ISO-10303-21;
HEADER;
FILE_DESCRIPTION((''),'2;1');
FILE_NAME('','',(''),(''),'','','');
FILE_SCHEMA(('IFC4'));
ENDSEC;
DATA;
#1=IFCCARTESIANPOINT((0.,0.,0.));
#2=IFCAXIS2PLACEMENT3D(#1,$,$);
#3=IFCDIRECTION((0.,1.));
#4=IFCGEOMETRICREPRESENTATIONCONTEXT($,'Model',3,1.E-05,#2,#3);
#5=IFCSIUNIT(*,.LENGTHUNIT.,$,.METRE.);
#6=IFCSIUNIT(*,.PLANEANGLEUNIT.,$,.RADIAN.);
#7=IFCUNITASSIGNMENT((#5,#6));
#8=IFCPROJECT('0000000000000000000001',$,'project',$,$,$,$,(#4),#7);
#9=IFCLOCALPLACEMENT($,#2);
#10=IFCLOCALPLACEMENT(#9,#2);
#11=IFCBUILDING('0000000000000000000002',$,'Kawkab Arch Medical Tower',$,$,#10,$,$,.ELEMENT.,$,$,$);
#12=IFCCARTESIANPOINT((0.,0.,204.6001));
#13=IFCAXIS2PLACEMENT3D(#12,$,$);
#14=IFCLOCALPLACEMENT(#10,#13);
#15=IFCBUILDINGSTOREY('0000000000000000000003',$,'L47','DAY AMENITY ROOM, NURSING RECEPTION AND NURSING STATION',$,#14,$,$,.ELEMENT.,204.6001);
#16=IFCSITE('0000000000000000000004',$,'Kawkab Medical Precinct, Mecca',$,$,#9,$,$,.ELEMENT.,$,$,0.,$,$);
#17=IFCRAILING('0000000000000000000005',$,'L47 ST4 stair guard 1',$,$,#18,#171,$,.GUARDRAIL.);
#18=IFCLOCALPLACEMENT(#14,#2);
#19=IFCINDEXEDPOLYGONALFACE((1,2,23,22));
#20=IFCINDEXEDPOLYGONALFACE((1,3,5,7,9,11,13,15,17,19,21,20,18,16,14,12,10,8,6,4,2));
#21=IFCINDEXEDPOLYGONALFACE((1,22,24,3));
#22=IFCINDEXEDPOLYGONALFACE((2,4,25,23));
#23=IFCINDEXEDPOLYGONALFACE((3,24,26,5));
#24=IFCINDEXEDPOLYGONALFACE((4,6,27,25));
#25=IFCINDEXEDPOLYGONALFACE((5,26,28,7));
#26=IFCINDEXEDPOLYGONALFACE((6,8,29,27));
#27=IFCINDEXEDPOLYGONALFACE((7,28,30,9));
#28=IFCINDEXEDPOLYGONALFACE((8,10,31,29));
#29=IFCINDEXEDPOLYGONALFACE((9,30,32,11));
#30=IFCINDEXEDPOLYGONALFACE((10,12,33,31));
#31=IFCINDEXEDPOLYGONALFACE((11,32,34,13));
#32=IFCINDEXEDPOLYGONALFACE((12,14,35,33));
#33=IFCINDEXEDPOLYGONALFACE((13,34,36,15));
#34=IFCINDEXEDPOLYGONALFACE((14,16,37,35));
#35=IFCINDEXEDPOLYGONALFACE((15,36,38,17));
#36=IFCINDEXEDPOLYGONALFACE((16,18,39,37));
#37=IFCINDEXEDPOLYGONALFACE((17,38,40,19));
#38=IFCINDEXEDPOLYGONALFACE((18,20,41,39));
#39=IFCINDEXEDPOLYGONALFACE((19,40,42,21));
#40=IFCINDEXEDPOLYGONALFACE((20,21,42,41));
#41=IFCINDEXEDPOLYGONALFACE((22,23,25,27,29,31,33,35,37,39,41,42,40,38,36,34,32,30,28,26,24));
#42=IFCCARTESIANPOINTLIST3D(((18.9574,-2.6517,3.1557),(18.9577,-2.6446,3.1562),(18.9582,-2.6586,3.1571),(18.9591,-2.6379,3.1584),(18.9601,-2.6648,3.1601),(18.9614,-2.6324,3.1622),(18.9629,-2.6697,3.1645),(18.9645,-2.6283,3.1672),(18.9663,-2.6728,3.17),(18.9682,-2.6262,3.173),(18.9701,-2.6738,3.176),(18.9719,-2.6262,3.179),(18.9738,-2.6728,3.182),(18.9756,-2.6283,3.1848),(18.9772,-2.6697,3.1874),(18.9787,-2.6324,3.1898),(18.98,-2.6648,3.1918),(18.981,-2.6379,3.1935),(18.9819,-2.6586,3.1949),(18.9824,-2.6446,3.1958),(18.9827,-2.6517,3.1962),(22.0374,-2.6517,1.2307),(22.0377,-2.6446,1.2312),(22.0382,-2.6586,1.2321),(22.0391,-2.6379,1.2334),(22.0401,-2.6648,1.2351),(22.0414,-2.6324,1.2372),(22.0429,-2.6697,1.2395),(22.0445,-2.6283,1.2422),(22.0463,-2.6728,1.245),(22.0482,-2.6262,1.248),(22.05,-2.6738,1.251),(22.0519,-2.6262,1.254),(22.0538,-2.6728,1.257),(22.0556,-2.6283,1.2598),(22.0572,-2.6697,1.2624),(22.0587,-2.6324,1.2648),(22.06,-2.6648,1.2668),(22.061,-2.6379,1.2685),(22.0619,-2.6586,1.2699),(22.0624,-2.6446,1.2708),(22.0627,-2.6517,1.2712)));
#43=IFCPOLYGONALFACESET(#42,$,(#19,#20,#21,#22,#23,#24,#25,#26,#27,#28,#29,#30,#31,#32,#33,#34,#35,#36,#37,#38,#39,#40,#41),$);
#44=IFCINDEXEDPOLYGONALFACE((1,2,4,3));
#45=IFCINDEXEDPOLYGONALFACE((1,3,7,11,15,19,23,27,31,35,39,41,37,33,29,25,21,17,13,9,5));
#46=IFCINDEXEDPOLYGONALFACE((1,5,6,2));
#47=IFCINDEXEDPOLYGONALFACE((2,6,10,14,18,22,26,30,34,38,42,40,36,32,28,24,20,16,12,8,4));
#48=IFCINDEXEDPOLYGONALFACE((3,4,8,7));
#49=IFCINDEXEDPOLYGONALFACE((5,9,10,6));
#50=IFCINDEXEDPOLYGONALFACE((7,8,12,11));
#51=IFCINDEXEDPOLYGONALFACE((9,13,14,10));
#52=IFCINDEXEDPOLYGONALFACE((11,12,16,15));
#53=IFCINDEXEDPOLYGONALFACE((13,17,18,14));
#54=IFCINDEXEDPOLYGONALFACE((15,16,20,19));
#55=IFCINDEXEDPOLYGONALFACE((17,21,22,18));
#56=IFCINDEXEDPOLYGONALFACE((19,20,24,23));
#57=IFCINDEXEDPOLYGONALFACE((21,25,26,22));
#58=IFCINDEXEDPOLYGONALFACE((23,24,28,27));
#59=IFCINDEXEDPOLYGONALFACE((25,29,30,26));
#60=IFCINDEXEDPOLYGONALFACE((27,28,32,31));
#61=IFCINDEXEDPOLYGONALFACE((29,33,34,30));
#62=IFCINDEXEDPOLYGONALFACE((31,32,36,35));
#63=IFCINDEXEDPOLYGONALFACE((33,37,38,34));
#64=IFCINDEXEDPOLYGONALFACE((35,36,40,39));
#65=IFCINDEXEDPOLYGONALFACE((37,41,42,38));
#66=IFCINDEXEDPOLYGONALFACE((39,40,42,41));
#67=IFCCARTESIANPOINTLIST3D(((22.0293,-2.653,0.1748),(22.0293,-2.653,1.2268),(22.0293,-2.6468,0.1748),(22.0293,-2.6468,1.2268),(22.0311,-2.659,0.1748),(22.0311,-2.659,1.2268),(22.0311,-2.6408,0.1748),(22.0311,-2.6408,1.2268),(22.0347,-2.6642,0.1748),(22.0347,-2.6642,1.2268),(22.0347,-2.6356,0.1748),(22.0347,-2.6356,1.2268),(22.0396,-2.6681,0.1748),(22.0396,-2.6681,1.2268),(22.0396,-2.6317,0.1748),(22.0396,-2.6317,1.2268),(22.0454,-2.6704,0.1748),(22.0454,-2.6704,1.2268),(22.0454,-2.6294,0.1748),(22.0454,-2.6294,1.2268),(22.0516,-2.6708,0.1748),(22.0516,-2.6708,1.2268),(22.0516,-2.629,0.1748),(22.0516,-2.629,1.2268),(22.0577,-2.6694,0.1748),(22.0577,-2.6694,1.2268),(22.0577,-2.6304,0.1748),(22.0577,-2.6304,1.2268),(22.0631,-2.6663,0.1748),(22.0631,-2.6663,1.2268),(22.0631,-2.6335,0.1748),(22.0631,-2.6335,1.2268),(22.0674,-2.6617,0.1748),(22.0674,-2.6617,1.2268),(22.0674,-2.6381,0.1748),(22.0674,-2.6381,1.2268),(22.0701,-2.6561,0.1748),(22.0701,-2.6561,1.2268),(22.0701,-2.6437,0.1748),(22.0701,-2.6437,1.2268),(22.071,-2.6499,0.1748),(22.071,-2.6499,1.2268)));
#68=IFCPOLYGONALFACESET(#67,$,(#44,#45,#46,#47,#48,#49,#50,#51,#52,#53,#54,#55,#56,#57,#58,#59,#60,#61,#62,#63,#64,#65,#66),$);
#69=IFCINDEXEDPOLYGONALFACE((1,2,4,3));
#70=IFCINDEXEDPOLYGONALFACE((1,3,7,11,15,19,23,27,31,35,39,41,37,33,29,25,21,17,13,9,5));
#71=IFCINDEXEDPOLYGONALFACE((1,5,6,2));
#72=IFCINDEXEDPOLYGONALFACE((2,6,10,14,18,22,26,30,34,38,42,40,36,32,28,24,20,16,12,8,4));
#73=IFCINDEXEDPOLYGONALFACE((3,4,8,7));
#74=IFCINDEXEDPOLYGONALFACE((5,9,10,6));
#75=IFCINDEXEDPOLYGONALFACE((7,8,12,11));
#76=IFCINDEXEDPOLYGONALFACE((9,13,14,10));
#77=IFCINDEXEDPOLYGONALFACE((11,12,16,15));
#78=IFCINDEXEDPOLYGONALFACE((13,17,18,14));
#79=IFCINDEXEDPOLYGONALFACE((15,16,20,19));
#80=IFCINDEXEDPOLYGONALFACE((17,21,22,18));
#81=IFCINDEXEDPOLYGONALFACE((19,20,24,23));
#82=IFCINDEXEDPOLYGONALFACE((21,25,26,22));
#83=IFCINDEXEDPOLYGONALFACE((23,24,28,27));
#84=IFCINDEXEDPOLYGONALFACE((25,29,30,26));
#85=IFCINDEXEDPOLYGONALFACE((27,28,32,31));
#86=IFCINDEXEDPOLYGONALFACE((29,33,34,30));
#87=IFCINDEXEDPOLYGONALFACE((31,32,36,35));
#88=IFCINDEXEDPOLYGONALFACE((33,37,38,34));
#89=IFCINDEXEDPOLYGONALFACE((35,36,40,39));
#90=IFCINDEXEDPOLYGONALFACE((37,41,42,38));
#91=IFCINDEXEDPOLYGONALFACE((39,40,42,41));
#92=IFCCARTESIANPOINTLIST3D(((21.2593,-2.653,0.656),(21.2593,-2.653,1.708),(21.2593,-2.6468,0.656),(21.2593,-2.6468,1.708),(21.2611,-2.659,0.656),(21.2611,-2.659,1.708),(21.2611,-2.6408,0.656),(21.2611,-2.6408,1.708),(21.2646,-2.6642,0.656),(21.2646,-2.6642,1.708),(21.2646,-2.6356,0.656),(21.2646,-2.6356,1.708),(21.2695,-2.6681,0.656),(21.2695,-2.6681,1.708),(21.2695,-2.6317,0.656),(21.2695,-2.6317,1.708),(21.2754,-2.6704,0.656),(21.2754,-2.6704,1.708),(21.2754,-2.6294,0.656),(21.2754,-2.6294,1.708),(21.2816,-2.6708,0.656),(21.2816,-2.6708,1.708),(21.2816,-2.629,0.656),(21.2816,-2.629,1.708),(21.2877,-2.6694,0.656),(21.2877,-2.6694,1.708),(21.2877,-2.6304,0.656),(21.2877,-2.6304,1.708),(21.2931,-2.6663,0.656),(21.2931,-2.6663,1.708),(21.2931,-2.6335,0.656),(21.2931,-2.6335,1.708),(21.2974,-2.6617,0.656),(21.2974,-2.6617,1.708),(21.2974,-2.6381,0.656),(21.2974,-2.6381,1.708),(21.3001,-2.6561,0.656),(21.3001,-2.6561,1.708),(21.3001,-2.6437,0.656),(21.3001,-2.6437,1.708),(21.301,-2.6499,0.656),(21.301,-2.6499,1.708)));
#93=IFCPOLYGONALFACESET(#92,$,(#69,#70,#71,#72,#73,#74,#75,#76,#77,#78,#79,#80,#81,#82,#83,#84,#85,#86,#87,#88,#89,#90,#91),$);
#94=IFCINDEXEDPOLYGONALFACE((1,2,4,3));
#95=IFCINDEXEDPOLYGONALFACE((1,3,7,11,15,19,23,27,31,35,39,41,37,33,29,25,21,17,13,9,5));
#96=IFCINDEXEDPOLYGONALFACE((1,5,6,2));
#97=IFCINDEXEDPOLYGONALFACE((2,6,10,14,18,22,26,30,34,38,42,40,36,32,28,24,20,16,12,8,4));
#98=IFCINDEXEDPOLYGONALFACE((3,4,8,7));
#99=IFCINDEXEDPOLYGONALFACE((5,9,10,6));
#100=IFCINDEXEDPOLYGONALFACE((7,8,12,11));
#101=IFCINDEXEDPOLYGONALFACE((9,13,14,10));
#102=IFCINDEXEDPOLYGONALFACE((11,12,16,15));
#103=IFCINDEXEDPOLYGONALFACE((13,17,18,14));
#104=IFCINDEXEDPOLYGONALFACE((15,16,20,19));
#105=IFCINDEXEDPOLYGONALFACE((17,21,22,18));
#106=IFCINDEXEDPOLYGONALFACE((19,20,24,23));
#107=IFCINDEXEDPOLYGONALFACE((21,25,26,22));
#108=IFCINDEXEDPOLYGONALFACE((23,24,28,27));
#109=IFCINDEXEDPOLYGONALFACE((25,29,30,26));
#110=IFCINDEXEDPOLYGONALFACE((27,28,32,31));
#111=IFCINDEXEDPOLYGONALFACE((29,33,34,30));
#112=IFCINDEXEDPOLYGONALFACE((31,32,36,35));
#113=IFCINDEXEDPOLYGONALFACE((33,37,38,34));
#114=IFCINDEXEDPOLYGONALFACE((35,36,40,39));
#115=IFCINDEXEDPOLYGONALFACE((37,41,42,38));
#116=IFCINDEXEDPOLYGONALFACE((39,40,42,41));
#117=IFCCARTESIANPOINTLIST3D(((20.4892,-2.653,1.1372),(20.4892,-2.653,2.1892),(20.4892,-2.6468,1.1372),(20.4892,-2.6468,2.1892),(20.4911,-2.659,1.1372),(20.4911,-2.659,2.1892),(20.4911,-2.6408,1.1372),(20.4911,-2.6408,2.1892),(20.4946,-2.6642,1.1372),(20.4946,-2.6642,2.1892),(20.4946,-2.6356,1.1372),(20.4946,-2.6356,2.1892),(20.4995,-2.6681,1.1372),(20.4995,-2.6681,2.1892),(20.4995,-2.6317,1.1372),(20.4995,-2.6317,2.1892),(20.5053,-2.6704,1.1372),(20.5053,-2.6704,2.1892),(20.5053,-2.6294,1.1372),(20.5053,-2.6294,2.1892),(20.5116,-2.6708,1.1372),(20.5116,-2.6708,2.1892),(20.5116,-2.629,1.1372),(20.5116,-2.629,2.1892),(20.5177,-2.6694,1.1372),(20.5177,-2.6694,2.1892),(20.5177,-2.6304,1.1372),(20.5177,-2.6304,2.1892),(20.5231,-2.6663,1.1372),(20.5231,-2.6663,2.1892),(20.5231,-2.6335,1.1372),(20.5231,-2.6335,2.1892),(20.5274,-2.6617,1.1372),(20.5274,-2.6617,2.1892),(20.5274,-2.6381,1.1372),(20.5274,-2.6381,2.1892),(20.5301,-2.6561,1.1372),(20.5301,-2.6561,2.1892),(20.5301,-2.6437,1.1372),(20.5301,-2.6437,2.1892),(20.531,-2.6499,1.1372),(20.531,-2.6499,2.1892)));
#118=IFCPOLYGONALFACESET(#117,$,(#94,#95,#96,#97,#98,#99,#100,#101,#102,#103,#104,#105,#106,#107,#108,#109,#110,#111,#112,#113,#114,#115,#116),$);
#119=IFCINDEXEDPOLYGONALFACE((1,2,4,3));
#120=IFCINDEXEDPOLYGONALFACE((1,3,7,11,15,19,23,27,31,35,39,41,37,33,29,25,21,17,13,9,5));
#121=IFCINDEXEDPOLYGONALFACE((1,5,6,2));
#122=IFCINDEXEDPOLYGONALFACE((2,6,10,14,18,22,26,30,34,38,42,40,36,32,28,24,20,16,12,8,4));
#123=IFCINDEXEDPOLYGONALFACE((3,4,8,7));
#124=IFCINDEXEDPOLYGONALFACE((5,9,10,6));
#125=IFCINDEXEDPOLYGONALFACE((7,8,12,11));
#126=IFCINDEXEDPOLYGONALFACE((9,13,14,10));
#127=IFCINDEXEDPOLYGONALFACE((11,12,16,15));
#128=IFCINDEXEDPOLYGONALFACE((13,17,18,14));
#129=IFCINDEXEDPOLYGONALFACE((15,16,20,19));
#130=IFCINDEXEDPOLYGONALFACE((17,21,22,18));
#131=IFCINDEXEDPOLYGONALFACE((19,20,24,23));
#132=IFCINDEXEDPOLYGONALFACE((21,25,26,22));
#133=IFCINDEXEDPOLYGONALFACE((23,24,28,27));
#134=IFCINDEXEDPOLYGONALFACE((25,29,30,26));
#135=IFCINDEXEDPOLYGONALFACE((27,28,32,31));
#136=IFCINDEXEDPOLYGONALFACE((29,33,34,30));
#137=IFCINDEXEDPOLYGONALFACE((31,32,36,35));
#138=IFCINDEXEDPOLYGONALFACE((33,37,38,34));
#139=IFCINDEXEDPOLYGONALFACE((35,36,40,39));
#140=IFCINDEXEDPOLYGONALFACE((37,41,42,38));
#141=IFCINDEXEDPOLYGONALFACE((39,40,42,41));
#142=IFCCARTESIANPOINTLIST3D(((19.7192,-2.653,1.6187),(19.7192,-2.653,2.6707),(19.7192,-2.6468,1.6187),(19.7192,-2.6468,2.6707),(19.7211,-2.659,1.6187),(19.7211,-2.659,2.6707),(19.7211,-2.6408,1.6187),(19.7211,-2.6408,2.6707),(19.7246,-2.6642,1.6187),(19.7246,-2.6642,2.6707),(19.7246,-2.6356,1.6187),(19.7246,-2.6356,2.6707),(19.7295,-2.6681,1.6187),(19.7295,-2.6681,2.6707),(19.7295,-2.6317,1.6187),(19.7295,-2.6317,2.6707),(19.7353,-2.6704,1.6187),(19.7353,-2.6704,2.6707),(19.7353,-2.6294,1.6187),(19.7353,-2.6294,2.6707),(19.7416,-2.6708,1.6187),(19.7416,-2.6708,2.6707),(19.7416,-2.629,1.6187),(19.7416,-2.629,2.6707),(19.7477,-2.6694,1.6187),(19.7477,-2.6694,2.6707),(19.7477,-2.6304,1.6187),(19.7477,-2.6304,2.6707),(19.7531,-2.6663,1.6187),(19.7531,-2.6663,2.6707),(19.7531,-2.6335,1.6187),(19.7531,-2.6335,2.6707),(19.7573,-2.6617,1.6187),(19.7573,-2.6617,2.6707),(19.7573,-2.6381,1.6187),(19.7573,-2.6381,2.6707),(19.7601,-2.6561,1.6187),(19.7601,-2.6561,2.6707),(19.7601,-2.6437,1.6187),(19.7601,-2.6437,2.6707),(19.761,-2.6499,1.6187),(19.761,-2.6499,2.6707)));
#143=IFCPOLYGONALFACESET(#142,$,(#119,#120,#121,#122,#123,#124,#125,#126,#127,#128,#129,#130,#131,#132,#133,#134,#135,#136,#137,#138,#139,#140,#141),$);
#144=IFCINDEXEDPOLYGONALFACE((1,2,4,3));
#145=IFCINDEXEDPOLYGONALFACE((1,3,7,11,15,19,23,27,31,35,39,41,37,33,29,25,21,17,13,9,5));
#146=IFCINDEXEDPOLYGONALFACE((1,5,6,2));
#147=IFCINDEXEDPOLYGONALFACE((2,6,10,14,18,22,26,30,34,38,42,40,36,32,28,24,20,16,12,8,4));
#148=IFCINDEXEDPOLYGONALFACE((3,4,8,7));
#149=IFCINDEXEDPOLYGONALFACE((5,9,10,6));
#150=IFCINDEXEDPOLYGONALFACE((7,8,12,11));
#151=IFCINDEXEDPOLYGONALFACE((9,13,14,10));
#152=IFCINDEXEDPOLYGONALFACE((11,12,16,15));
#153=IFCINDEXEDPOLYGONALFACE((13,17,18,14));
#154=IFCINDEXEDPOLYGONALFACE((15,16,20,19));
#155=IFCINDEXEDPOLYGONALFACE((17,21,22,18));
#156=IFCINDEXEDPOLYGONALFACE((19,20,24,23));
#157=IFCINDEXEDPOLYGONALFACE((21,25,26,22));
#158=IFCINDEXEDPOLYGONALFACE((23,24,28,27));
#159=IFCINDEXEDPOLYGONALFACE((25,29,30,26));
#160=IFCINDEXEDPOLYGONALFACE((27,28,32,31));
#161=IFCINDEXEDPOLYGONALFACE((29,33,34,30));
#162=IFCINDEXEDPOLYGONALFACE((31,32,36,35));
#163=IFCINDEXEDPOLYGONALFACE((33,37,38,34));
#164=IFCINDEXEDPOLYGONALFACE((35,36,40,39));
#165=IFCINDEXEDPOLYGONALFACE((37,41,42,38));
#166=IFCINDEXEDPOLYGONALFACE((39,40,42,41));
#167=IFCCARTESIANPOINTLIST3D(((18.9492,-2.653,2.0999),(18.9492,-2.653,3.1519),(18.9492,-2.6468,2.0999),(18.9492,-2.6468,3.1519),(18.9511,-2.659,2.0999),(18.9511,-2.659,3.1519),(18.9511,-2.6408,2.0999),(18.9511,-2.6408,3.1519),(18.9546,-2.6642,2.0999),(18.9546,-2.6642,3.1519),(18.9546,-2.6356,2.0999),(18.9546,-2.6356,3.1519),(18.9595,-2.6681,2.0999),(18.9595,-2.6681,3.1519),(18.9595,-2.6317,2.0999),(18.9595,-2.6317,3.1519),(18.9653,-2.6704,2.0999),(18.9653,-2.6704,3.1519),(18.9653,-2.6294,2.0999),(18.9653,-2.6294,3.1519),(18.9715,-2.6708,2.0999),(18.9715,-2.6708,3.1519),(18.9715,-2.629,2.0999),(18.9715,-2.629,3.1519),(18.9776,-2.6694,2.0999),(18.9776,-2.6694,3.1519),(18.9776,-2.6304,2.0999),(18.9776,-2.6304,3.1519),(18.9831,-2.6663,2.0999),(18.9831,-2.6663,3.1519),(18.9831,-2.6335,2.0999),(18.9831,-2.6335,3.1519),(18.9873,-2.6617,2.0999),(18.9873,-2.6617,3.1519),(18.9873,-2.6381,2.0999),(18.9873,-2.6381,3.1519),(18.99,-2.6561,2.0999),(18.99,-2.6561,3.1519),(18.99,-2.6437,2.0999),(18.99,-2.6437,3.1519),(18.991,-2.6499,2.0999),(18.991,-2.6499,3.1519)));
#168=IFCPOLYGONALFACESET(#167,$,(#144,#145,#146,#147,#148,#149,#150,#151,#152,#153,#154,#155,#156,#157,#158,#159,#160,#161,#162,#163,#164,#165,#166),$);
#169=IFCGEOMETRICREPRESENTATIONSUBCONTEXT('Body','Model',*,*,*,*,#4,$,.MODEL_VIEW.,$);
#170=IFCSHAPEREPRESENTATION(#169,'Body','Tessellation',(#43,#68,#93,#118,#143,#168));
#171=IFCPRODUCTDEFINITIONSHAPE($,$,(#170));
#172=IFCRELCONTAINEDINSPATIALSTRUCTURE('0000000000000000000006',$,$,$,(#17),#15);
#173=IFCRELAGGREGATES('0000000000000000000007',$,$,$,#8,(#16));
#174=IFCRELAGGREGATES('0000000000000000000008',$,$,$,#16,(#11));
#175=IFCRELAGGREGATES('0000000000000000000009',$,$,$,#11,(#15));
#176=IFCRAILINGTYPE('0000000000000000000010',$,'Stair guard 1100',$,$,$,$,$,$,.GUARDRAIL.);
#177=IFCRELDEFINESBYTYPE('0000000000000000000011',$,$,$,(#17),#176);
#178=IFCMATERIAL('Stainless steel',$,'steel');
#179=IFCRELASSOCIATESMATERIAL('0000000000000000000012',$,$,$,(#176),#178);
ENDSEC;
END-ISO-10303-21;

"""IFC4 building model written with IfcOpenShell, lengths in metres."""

from ifc_helpers import new_model, si_unit, direction, frame, origin, origin_2d, place, context, subcontext, project, spatial, circle, extrude, material, type_object, element, save


model = new_model("IFC4")

# Units and contexts
model_context = context("Model", 3, precision=1e-05, world=origin(), true_north=direction((0.0, 1.0)))
body_context = subcontext(model_context, "Body", "Model", "MODEL_VIEW")
ifc_project = project(units=[si_unit("LENGTHUNIT", "METRE"), si_unit("PLANEANGLEUNIT", "RADIAN")], contexts=[model_context])

# Site, building, storey
site_placement = place(None, origin())
site = spatial("IfcSite", under=ifc_project, at=site_placement, Name="Kawkab Medical Precinct, Mecca", CompositionType="ELEMENT", RefElevation=0.0)
building_placement = place(site_placement, origin())
building = spatial("IfcBuilding", under=site, at=building_placement, Name="Kawkab Arch Medical Tower", CompositionType="ELEMENT")
storey_placement = place(building_placement, frame((0.0, 0.0, 204.6001)))
storey = spatial("IfcBuildingStorey", under=building, at=storey_placement, Name="L47", Description="DAY AMENITY ROOM, NURSING RECEPTION AND NURSING STATION", CompositionType="ELEMENT", Elevation=204.6001)

# Railing
ifc_material_1 = material(Name="Stainless steel", Category="steel")
railing_type_1 = type_object("IfcRailingType", Name="Stair guard 1100", PredefinedType="GUARDRAIL", material=ifc_material_1)
railing_1_placement = place(storey_placement, frame((22.05, -2.6499, 0.1748)))
element("IfcRailing", 1, at=railing_1_placement, inside=storey, type_object=railing_type_1, Name="L47 ST4 stair guard 1", PredefinedType="GUARDRAIL", context=body_context, shape_type="SweptSolid", body=[
    extrude(circle(Radius=0.0239, at=origin_2d()), frame((0.0, 0.0, 1.0762), z_axis=(-0.847998, 0.0, 0.529999), x_axis=(0.0, -1.0, 0.0)), (0.0, 0.0, 1.0), 3.6321),
    extrude(circle(Radius=0.021, at=origin_2d()), origin(), (0.0, 0.0, 1.0), 1.052),
    extrude(circle(Radius=0.021, at=origin_2d()), frame((-0.77, 0.0, 0.4812)), (0.0, 0.0, 1.0), 1.052),
    extrude(circle(Radius=0.021, at=origin_2d()), frame((-1.54, 0.0, 0.9624)), (0.0, 0.0, 1.0), 1.052),
    extrude(circle(Radius=0.021, at=origin_2d()), frame((-2.3101, 0.0, 1.4438)), (0.0, 0.0, 1.0), 1.052),
    extrude(circle(Radius=0.021, at=origin_2d()), frame((-3.0801, 0.0, 1.925)), (0.0, 0.0, 1.0), 1.052),
])

save(model, "model.ifc")
